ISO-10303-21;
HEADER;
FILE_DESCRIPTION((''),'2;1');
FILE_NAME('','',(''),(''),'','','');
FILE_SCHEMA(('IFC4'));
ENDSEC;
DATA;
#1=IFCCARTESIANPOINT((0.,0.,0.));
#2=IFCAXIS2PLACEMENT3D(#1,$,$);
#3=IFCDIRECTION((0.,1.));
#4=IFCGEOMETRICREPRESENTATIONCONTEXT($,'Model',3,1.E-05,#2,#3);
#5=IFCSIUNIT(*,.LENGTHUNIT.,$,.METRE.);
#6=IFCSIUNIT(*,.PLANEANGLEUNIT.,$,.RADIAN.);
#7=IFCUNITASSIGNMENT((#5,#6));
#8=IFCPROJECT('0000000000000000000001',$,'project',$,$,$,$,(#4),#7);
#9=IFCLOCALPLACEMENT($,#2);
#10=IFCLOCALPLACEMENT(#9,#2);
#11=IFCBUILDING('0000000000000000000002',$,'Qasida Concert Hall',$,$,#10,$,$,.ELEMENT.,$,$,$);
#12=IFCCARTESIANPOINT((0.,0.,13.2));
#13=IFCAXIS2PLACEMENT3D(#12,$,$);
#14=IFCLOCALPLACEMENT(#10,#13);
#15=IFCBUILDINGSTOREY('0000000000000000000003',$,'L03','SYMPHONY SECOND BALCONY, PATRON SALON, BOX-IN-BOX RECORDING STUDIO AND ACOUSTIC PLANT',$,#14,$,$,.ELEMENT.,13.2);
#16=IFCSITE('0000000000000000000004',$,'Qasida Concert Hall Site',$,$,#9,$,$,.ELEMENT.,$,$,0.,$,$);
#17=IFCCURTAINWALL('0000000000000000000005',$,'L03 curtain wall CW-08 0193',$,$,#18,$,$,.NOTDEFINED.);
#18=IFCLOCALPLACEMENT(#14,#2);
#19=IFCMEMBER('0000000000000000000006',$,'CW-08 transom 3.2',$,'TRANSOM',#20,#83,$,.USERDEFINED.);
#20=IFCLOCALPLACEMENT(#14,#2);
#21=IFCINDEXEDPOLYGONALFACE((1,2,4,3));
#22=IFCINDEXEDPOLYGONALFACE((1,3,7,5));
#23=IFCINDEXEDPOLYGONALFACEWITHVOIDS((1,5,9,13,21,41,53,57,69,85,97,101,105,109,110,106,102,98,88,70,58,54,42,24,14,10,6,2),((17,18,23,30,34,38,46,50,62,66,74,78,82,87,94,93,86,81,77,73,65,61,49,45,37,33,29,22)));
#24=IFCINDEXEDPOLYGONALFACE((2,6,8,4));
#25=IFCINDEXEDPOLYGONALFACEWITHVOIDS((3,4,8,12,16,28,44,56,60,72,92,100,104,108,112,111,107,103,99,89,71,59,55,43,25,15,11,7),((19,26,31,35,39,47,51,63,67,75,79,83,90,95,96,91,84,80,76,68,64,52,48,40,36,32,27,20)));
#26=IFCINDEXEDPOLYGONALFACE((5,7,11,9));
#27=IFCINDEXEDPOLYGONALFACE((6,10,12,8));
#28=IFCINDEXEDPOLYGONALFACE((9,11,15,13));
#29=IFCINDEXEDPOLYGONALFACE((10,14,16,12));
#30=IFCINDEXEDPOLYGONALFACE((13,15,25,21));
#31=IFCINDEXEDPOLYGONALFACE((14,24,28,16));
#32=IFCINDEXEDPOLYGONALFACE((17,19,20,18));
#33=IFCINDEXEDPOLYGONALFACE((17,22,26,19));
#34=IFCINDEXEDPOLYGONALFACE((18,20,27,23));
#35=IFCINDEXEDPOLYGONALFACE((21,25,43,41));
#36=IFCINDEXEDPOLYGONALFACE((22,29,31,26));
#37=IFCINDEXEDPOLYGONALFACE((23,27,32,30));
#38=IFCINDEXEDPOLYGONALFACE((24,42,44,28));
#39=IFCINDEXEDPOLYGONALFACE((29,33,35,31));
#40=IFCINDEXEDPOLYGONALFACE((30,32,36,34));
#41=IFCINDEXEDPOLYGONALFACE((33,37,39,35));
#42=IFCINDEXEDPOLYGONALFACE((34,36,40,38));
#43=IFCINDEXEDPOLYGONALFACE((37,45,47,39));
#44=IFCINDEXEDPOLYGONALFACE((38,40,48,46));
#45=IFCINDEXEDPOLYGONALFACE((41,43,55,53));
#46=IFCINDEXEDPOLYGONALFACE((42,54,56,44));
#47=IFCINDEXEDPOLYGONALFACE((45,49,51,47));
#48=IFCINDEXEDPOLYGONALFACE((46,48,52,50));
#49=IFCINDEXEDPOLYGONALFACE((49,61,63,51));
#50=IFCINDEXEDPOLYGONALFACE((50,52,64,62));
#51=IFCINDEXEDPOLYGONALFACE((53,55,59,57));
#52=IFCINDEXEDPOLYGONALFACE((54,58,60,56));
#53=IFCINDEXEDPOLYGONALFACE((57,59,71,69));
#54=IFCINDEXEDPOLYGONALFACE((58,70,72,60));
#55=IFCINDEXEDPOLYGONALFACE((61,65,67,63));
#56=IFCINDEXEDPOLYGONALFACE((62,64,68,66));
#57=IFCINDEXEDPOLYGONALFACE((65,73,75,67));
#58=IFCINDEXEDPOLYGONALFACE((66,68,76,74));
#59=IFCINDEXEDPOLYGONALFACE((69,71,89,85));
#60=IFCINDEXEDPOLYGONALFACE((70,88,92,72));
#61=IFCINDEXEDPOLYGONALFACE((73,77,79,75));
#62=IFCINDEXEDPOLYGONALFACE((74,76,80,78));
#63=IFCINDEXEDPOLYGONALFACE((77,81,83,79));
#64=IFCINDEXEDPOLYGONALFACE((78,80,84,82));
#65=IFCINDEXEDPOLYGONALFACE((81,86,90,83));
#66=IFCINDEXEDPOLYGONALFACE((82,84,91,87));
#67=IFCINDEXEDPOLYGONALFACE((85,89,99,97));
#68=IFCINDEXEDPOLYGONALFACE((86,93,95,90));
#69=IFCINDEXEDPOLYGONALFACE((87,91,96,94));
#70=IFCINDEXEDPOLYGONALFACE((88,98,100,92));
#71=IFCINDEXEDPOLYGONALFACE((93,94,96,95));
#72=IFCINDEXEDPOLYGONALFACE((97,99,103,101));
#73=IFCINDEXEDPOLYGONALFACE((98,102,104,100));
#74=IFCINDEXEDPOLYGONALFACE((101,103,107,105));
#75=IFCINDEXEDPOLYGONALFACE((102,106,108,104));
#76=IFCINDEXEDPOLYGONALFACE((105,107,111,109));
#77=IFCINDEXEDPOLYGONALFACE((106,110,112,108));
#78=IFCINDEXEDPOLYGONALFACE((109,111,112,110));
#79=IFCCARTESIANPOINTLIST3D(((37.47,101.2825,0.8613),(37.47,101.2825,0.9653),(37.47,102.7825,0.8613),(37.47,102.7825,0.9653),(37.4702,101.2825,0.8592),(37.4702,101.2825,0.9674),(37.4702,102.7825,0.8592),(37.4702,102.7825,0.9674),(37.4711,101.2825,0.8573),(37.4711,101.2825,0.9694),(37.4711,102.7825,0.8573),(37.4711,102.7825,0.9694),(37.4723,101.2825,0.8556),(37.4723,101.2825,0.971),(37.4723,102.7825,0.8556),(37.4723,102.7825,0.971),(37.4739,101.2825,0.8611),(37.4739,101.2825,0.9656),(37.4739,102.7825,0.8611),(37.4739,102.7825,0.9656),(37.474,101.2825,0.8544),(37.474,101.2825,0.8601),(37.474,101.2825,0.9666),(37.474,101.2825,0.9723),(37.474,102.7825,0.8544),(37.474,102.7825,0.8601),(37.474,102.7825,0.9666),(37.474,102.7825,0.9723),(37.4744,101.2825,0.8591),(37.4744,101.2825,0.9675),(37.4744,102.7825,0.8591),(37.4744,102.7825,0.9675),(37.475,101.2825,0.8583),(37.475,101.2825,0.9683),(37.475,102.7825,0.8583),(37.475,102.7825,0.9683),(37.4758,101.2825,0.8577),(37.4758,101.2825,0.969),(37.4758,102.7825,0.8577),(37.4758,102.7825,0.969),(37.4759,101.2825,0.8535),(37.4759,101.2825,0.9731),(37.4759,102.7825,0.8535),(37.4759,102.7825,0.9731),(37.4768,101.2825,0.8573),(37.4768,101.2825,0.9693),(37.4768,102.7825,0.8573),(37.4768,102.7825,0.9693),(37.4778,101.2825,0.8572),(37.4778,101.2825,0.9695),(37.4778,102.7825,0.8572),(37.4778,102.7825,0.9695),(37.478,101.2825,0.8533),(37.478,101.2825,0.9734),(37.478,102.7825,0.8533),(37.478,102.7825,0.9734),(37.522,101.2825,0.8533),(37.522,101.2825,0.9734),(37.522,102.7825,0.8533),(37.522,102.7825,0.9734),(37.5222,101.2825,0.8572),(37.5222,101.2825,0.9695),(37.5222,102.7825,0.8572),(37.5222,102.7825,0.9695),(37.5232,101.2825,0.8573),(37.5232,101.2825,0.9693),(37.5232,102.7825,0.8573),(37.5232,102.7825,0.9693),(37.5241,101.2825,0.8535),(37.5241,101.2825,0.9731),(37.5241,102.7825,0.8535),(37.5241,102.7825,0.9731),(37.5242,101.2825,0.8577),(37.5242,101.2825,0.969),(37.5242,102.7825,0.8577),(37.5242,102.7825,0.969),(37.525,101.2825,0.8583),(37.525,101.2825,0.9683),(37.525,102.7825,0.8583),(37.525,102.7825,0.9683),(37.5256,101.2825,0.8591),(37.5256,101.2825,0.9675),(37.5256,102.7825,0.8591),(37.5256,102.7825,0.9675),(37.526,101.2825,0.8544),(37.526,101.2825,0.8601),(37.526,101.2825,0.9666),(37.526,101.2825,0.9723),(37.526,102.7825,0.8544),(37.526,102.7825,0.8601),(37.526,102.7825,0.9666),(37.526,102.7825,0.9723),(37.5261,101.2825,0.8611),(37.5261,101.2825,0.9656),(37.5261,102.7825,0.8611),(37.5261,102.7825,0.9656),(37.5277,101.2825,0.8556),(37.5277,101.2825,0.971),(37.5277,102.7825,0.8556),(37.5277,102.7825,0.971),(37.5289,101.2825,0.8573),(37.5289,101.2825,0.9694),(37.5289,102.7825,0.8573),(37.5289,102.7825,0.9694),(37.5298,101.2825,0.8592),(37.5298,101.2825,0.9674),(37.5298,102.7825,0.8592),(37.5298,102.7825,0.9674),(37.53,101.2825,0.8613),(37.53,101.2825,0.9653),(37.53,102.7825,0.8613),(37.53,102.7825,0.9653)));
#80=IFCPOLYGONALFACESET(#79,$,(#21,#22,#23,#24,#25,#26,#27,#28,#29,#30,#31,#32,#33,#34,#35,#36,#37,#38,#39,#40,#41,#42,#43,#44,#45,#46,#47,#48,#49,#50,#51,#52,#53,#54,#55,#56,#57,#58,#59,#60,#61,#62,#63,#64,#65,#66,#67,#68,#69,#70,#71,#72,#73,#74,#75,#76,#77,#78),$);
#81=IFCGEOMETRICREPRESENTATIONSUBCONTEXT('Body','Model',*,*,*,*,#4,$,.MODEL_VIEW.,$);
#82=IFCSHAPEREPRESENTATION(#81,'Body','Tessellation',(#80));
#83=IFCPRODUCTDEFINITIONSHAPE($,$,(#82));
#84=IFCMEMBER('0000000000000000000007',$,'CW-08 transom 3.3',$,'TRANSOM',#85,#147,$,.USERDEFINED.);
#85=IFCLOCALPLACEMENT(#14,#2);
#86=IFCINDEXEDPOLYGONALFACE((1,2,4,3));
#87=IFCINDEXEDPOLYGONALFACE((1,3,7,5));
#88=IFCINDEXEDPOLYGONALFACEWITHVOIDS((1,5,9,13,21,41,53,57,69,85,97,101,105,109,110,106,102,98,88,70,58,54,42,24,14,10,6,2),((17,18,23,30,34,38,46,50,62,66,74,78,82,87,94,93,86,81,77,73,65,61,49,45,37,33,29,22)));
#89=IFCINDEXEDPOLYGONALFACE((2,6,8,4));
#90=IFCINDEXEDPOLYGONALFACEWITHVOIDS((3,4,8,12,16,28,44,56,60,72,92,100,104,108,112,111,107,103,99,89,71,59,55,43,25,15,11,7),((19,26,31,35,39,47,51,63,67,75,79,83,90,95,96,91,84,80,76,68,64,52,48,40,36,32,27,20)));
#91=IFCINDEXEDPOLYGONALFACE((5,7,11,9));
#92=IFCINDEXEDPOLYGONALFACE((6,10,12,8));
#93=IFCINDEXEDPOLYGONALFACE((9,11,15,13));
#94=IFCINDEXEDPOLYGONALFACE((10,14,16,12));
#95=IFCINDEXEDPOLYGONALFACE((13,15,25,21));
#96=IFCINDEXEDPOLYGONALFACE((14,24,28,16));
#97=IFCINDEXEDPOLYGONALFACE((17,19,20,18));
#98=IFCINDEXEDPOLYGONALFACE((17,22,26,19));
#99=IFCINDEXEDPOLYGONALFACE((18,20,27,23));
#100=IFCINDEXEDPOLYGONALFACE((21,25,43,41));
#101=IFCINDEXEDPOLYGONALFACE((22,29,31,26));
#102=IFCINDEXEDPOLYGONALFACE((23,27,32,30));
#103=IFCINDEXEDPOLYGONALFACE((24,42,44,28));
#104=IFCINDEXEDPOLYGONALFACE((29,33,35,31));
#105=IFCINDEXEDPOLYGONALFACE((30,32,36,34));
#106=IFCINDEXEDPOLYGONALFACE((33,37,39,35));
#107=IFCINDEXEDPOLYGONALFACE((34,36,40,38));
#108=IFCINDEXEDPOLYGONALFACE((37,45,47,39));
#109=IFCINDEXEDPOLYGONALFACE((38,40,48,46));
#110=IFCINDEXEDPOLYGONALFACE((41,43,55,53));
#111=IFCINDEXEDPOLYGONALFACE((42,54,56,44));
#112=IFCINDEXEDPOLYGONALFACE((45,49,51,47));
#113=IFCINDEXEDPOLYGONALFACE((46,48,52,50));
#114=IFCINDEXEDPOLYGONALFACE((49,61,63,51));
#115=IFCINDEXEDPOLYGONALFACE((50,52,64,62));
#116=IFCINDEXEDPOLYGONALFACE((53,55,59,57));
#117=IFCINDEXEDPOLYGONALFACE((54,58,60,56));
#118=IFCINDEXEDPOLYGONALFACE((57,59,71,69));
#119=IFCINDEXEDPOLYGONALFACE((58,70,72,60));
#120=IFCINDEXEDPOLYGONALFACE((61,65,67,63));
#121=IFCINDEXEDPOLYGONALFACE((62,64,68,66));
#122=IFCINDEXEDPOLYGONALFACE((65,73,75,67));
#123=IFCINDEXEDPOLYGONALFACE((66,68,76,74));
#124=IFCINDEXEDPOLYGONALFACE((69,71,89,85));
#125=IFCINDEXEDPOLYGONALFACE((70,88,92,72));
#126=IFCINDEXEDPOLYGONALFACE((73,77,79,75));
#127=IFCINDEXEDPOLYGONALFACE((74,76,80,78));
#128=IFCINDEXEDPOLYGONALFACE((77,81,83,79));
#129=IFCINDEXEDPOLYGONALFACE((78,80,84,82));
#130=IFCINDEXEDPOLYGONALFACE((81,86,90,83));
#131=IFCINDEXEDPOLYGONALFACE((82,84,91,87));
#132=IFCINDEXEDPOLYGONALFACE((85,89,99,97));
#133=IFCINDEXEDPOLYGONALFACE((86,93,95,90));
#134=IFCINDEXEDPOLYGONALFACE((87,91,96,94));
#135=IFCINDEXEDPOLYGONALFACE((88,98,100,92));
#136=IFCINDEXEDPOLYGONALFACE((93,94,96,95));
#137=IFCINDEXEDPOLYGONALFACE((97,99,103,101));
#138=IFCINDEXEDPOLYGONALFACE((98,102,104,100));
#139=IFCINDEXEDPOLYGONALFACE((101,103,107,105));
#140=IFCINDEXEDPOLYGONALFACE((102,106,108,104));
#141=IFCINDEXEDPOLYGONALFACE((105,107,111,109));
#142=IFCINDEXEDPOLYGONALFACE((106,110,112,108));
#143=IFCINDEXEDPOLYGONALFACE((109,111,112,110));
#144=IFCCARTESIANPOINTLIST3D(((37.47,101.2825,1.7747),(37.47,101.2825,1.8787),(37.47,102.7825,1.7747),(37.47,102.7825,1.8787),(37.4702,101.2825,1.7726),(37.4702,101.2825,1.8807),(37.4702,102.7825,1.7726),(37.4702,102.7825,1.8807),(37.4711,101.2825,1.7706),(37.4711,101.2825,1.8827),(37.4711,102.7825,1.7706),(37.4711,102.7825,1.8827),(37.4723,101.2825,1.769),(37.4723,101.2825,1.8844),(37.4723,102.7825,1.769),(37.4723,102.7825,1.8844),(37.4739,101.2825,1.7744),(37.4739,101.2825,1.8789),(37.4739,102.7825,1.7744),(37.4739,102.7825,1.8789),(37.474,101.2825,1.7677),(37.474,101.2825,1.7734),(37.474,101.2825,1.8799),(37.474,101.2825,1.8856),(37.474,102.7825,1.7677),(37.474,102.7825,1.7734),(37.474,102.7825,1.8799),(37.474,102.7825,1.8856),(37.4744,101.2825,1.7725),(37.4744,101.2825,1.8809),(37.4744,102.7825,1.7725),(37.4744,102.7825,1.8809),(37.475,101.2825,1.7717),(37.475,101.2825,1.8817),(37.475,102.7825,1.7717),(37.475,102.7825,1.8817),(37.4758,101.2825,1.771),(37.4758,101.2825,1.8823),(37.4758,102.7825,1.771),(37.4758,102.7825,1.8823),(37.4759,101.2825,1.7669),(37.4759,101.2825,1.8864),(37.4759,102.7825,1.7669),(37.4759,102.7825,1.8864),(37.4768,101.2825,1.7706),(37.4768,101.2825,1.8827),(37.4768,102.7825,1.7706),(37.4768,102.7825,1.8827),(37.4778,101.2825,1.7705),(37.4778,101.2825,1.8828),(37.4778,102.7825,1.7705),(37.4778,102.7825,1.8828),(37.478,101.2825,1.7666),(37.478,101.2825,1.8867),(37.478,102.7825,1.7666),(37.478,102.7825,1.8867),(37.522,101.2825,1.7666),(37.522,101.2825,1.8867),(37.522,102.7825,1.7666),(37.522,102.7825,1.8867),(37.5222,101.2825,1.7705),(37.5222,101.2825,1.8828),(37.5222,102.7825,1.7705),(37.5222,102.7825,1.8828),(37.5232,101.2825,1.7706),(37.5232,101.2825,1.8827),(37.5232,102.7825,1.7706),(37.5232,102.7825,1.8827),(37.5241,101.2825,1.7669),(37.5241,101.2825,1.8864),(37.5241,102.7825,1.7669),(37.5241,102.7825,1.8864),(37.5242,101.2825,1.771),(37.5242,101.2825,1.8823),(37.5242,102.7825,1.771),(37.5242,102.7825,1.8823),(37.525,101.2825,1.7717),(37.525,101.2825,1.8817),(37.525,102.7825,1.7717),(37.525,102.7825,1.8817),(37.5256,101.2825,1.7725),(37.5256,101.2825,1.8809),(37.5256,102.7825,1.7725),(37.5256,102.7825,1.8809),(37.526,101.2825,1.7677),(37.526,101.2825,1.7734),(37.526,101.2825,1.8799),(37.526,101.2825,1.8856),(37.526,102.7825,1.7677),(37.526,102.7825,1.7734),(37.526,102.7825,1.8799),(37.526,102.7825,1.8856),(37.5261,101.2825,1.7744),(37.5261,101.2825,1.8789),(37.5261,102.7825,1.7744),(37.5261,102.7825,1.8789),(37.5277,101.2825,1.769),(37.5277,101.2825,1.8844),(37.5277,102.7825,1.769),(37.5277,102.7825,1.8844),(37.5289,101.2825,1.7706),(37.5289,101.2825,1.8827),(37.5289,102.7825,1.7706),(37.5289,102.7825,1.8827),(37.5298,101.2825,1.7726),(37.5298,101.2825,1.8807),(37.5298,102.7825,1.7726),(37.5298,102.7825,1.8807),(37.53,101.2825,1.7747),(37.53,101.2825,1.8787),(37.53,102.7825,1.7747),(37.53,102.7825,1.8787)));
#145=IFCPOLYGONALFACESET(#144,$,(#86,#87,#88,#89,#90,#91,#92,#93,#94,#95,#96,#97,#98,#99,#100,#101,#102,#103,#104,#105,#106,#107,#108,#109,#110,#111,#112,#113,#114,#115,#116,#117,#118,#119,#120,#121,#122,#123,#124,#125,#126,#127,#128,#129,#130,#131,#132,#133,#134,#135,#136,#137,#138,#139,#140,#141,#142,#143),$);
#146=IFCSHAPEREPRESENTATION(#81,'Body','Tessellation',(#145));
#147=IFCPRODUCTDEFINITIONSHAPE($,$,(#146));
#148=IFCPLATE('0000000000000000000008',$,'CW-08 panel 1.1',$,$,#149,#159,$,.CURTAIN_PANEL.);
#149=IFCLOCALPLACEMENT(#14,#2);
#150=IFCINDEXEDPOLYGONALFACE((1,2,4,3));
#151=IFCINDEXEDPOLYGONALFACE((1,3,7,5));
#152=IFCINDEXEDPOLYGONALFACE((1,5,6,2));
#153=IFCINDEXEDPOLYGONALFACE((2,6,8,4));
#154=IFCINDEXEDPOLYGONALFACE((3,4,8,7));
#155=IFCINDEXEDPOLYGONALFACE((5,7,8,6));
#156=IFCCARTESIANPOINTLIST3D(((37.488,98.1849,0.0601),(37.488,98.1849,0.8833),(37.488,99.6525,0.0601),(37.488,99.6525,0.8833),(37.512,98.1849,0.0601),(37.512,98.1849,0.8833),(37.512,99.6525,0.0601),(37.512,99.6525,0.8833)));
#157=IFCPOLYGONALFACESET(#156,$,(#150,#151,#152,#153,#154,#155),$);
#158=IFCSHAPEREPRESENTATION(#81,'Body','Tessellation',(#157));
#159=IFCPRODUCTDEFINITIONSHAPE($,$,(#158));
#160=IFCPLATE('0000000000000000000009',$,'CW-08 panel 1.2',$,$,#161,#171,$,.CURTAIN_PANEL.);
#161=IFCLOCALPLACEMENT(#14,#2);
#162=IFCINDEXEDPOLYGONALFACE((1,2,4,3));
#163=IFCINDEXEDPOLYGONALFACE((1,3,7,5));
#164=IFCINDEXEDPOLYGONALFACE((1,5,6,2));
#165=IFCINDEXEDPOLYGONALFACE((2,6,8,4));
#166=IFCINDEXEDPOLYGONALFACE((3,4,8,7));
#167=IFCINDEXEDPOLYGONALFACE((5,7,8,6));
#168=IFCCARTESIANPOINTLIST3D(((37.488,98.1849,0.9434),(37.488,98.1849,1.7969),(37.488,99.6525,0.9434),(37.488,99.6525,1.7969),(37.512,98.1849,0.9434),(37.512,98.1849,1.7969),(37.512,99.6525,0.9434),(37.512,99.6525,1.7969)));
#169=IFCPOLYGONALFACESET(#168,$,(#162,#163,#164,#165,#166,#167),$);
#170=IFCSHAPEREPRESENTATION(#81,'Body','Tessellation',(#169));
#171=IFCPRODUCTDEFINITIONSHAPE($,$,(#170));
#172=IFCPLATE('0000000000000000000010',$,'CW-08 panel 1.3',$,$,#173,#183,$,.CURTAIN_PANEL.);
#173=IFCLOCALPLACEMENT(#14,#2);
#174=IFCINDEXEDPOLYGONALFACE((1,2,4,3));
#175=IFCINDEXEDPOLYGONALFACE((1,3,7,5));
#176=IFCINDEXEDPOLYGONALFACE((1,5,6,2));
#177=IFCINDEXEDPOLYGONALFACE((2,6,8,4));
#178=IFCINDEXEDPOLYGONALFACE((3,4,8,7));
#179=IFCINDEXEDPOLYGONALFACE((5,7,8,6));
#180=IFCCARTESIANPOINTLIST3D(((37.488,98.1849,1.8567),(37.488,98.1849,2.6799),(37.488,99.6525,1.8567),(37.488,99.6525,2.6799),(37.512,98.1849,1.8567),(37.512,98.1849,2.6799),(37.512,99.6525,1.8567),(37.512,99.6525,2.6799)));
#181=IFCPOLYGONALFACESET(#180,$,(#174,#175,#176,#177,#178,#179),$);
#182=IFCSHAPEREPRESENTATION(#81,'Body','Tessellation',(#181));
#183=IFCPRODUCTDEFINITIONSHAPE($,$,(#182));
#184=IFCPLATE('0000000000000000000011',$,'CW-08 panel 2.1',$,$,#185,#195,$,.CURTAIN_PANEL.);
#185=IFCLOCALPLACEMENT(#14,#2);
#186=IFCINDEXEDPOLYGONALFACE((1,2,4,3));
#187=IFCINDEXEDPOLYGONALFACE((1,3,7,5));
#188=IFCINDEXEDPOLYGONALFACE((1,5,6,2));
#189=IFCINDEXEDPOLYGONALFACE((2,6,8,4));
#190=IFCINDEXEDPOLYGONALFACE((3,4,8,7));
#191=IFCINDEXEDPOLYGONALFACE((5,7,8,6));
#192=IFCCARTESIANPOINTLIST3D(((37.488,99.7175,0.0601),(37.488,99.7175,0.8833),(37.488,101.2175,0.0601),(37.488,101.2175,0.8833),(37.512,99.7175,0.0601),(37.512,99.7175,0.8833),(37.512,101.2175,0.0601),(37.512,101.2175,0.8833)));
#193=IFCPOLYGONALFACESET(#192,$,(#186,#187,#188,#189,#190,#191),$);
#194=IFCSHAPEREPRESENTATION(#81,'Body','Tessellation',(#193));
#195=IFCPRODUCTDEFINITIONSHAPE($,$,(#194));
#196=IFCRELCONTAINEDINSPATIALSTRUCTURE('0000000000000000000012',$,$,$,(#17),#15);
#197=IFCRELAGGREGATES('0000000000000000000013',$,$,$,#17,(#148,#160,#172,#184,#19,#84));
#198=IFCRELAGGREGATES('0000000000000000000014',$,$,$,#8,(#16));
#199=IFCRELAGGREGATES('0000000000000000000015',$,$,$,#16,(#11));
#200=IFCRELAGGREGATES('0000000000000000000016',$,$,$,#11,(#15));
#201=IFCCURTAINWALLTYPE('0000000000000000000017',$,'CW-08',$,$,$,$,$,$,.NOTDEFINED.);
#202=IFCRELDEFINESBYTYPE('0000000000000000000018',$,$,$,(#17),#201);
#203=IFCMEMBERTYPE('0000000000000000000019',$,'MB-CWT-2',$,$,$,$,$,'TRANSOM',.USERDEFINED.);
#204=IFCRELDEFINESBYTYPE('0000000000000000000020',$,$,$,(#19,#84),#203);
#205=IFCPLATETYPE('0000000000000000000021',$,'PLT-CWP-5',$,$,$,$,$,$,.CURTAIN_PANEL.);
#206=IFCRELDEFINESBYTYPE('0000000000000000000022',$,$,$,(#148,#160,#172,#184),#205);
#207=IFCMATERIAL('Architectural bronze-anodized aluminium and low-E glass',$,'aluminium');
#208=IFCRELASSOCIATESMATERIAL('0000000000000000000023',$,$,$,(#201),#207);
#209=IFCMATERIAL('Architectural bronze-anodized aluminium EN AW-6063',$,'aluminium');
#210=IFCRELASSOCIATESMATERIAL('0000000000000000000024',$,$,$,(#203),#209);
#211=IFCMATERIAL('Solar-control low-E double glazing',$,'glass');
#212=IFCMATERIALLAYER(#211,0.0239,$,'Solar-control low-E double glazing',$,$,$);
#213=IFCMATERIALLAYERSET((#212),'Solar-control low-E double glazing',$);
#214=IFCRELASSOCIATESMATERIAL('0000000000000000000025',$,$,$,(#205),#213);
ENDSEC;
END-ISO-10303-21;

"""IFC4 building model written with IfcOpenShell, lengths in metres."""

from ifc_helpers import new_model, si_unit, direction, frame, origin, origin_2d, place, context, subcontext, project, spatial, rectangle, hollow_rectangle, extrude, material, layer, layer_set, material_profile, profile_set, type_object, element, aggregate, save


model = new_model("IFC4")

# Units and contexts
model_context = context("Model", 3, precision=1e-05, world=origin(), true_north=direction((0.0, 1.0)))
body_context = subcontext(model_context, "Body", "Model", "MODEL_VIEW")
ifc_project = project(units=[si_unit("LENGTHUNIT", "METRE"), si_unit("PLANEANGLEUNIT", "RADIAN")], contexts=[model_context])

# Site, building, storey
site_placement = place(None, origin())
site = spatial("IfcSite", under=ifc_project, at=site_placement, Name="Qasida Concert Hall Site", CompositionType="ELEMENT", RefElevation=0.0)
building_placement = place(site_placement, origin())
building = spatial("IfcBuilding", under=site, at=building_placement, Name="Qasida Concert Hall", CompositionType="ELEMENT")
storey_placement = place(building_placement, frame((0.0, 0.0, 13.2)))
storey = spatial("IfcBuildingStorey", under=building, at=storey_placement, Name="L03", Description="SYMPHONY SECOND BALCONY, PATRON SALON, BOX-IN-BOX RECORDING STUDIO AND ACOUSTIC PLANT", CompositionType="ELEMENT", Elevation=13.2)

# Curtain wall, members, plates
ifc_material_1 = material(Name="Architectural bronze-anodized aluminium and low-E glass", Category="aluminium")
curtain_wall_type = type_object("IfcCurtainWallType", Name="CW-08", PredefinedType="NOTDEFINED", material=ifc_material_1)
curtain_wall_placement = place(storey_placement, origin())
curtain_wall = element("IfcCurtainWall", 1, at=curtain_wall_placement, inside=storey, type_object=curtain_wall_type, Name="L03 curtain wall CW-08 0193", PredefinedType="NOTDEFINED")
ifc_material_2 = material(Name="Architectural bronze-anodized aluminium EN AW-6063", Category="aluminium")
ifc_material_profile_1 = material_profile(ifc_material_2, hollow_rectangle(XDim=0.0601, YDim=0.1201, WallThickness=0.0039, InnerFilletRadius=0.0039, OuterFilletRadius=0.0081, at=origin_2d()), Name="CWT 120x60x4")
ifc_profile_set_1 = profile_set([ifc_material_profile_1], Name="Architectural bronze-anodized aluminium EN AW-6063")
member_type_1 = type_object("IfcMemberType", Name="MB-CWT-2", ElementType="TRANSOM", PredefinedType="USERDEFINED", material=ifc_profile_set_1)
member_1_placement = place(storey_placement, frame((37.5, 101.2825, 0.9133), z_axis=(0.0, 1.0, 0.0), x_axis=(-1.0, 0.0, 0.0)))
member_1 = element("IfcMember", 2, at=member_1_placement, type_object=member_type_1, Name="CW-08 transom 3.2", ObjectType="TRANSOM", PredefinedType="USERDEFINED", context=body_context, shape_type="SweptSolid", body=[
    extrude(hollow_rectangle(XDim=0.0601, YDim=0.1201, WallThickness=0.0039, InnerFilletRadius=0.0039, OuterFilletRadius=0.0081, at=origin_2d()), origin(), (0.0, 0.0, 1.0), 1.5),
])
member_2_placement = place(storey_placement, frame((37.5, 101.2825, 1.8267), z_axis=(0.0, 1.0, 0.0), x_axis=(-1.0, 0.0, 0.0)))
member_2 = element("IfcMember", 3, at=member_2_placement, type_object=member_type_1, Name="CW-08 transom 3.3", ObjectType="TRANSOM", PredefinedType="USERDEFINED", context=body_context, shape_type="SweptSolid", body=[
    extrude(hollow_rectangle(XDim=0.0601, YDim=0.1201, WallThickness=0.0039, InnerFilletRadius=0.0039, OuterFilletRadius=0.0081, at=origin_2d()), origin(), (0.0, 0.0, 1.0), 1.5),
])
ifc_material_3 = material(Name="Solar-control low-E double glazing", Category="glass")
ifc_layer = layer(ifc_material_3, 0.0239, Name="Solar-control low-E double glazing")
ifc_layer_set = layer_set([ifc_layer], Name="Solar-control low-E double glazing")
plate_type = type_object("IfcPlateType", Name="PLT-CWP-5", PredefinedType="CURTAIN_PANEL", material=ifc_layer_set)
plate_1_placement = place(storey_placement, frame((37.5, 98.9187, 0.0601), z_axis=(0.0, 0.0, 1.0), x_axis=(0.0, 1.0, 0.0)))
plate_1 = element("IfcPlate", 4, at=plate_1_placement, type_object=plate_type, Name="CW-08 panel 1.1", PredefinedType="CURTAIN_PANEL", context=body_context, shape_type="SweptSolid", body=[
    extrude(rectangle(XDim=1.4675, YDim=0.0239, at=origin_2d()), origin(), (0.0, 0.0, 1.0), 0.8232),
])
plate_2_placement = place(storey_placement, frame((37.5, 98.9187, 0.9434), z_axis=(0.0, 0.0, 1.0), x_axis=(0.0, 1.0, 0.0)))
plate_2 = element("IfcPlate", 5, at=plate_2_placement, type_object=plate_type, Name="CW-08 panel 1.2", PredefinedType="CURTAIN_PANEL", context=body_context, shape_type="SweptSolid", body=[
    extrude(rectangle(XDim=1.4675, YDim=0.0239, at=origin_2d()), origin(), (0.0, 0.0, 1.0), 0.8535),
])
plate_3_placement = place(storey_placement, frame((37.5, 98.9187, 1.8567), z_axis=(0.0, 0.0, 1.0), x_axis=(0.0, 1.0, 0.0)))
plate_3 = element("IfcPlate", 6, at=plate_3_placement, type_object=plate_type, Name="CW-08 panel 1.3", PredefinedType="CURTAIN_PANEL", context=body_context, shape_type="SweptSolid", body=[
    extrude(rectangle(XDim=1.4675, YDim=0.0239, at=origin_2d()), origin(), (0.0, 0.0, 1.0), 0.8232),
])
plate_4_placement = place(storey_placement, frame((37.5, 100.4675, 0.0601), z_axis=(0.0, 0.0, 1.0), x_axis=(0.0, 1.0, 0.0)))
plate_4 = element("IfcPlate", 7, at=plate_4_placement, type_object=plate_type, Name="CW-08 panel 2.1", PredefinedType="CURTAIN_PANEL", context=body_context, shape_type="SweptSolid", body=[
    extrude(rectangle(XDim=1.5, YDim=0.0239, at=origin_2d()), origin(), (0.0, 0.0, 1.0), 0.8232),
])
aggregate(curtain_wall, [plate_1, plate_2, plate_3, plate_4, member_1, member_2])

save(model, "model.ifc")
